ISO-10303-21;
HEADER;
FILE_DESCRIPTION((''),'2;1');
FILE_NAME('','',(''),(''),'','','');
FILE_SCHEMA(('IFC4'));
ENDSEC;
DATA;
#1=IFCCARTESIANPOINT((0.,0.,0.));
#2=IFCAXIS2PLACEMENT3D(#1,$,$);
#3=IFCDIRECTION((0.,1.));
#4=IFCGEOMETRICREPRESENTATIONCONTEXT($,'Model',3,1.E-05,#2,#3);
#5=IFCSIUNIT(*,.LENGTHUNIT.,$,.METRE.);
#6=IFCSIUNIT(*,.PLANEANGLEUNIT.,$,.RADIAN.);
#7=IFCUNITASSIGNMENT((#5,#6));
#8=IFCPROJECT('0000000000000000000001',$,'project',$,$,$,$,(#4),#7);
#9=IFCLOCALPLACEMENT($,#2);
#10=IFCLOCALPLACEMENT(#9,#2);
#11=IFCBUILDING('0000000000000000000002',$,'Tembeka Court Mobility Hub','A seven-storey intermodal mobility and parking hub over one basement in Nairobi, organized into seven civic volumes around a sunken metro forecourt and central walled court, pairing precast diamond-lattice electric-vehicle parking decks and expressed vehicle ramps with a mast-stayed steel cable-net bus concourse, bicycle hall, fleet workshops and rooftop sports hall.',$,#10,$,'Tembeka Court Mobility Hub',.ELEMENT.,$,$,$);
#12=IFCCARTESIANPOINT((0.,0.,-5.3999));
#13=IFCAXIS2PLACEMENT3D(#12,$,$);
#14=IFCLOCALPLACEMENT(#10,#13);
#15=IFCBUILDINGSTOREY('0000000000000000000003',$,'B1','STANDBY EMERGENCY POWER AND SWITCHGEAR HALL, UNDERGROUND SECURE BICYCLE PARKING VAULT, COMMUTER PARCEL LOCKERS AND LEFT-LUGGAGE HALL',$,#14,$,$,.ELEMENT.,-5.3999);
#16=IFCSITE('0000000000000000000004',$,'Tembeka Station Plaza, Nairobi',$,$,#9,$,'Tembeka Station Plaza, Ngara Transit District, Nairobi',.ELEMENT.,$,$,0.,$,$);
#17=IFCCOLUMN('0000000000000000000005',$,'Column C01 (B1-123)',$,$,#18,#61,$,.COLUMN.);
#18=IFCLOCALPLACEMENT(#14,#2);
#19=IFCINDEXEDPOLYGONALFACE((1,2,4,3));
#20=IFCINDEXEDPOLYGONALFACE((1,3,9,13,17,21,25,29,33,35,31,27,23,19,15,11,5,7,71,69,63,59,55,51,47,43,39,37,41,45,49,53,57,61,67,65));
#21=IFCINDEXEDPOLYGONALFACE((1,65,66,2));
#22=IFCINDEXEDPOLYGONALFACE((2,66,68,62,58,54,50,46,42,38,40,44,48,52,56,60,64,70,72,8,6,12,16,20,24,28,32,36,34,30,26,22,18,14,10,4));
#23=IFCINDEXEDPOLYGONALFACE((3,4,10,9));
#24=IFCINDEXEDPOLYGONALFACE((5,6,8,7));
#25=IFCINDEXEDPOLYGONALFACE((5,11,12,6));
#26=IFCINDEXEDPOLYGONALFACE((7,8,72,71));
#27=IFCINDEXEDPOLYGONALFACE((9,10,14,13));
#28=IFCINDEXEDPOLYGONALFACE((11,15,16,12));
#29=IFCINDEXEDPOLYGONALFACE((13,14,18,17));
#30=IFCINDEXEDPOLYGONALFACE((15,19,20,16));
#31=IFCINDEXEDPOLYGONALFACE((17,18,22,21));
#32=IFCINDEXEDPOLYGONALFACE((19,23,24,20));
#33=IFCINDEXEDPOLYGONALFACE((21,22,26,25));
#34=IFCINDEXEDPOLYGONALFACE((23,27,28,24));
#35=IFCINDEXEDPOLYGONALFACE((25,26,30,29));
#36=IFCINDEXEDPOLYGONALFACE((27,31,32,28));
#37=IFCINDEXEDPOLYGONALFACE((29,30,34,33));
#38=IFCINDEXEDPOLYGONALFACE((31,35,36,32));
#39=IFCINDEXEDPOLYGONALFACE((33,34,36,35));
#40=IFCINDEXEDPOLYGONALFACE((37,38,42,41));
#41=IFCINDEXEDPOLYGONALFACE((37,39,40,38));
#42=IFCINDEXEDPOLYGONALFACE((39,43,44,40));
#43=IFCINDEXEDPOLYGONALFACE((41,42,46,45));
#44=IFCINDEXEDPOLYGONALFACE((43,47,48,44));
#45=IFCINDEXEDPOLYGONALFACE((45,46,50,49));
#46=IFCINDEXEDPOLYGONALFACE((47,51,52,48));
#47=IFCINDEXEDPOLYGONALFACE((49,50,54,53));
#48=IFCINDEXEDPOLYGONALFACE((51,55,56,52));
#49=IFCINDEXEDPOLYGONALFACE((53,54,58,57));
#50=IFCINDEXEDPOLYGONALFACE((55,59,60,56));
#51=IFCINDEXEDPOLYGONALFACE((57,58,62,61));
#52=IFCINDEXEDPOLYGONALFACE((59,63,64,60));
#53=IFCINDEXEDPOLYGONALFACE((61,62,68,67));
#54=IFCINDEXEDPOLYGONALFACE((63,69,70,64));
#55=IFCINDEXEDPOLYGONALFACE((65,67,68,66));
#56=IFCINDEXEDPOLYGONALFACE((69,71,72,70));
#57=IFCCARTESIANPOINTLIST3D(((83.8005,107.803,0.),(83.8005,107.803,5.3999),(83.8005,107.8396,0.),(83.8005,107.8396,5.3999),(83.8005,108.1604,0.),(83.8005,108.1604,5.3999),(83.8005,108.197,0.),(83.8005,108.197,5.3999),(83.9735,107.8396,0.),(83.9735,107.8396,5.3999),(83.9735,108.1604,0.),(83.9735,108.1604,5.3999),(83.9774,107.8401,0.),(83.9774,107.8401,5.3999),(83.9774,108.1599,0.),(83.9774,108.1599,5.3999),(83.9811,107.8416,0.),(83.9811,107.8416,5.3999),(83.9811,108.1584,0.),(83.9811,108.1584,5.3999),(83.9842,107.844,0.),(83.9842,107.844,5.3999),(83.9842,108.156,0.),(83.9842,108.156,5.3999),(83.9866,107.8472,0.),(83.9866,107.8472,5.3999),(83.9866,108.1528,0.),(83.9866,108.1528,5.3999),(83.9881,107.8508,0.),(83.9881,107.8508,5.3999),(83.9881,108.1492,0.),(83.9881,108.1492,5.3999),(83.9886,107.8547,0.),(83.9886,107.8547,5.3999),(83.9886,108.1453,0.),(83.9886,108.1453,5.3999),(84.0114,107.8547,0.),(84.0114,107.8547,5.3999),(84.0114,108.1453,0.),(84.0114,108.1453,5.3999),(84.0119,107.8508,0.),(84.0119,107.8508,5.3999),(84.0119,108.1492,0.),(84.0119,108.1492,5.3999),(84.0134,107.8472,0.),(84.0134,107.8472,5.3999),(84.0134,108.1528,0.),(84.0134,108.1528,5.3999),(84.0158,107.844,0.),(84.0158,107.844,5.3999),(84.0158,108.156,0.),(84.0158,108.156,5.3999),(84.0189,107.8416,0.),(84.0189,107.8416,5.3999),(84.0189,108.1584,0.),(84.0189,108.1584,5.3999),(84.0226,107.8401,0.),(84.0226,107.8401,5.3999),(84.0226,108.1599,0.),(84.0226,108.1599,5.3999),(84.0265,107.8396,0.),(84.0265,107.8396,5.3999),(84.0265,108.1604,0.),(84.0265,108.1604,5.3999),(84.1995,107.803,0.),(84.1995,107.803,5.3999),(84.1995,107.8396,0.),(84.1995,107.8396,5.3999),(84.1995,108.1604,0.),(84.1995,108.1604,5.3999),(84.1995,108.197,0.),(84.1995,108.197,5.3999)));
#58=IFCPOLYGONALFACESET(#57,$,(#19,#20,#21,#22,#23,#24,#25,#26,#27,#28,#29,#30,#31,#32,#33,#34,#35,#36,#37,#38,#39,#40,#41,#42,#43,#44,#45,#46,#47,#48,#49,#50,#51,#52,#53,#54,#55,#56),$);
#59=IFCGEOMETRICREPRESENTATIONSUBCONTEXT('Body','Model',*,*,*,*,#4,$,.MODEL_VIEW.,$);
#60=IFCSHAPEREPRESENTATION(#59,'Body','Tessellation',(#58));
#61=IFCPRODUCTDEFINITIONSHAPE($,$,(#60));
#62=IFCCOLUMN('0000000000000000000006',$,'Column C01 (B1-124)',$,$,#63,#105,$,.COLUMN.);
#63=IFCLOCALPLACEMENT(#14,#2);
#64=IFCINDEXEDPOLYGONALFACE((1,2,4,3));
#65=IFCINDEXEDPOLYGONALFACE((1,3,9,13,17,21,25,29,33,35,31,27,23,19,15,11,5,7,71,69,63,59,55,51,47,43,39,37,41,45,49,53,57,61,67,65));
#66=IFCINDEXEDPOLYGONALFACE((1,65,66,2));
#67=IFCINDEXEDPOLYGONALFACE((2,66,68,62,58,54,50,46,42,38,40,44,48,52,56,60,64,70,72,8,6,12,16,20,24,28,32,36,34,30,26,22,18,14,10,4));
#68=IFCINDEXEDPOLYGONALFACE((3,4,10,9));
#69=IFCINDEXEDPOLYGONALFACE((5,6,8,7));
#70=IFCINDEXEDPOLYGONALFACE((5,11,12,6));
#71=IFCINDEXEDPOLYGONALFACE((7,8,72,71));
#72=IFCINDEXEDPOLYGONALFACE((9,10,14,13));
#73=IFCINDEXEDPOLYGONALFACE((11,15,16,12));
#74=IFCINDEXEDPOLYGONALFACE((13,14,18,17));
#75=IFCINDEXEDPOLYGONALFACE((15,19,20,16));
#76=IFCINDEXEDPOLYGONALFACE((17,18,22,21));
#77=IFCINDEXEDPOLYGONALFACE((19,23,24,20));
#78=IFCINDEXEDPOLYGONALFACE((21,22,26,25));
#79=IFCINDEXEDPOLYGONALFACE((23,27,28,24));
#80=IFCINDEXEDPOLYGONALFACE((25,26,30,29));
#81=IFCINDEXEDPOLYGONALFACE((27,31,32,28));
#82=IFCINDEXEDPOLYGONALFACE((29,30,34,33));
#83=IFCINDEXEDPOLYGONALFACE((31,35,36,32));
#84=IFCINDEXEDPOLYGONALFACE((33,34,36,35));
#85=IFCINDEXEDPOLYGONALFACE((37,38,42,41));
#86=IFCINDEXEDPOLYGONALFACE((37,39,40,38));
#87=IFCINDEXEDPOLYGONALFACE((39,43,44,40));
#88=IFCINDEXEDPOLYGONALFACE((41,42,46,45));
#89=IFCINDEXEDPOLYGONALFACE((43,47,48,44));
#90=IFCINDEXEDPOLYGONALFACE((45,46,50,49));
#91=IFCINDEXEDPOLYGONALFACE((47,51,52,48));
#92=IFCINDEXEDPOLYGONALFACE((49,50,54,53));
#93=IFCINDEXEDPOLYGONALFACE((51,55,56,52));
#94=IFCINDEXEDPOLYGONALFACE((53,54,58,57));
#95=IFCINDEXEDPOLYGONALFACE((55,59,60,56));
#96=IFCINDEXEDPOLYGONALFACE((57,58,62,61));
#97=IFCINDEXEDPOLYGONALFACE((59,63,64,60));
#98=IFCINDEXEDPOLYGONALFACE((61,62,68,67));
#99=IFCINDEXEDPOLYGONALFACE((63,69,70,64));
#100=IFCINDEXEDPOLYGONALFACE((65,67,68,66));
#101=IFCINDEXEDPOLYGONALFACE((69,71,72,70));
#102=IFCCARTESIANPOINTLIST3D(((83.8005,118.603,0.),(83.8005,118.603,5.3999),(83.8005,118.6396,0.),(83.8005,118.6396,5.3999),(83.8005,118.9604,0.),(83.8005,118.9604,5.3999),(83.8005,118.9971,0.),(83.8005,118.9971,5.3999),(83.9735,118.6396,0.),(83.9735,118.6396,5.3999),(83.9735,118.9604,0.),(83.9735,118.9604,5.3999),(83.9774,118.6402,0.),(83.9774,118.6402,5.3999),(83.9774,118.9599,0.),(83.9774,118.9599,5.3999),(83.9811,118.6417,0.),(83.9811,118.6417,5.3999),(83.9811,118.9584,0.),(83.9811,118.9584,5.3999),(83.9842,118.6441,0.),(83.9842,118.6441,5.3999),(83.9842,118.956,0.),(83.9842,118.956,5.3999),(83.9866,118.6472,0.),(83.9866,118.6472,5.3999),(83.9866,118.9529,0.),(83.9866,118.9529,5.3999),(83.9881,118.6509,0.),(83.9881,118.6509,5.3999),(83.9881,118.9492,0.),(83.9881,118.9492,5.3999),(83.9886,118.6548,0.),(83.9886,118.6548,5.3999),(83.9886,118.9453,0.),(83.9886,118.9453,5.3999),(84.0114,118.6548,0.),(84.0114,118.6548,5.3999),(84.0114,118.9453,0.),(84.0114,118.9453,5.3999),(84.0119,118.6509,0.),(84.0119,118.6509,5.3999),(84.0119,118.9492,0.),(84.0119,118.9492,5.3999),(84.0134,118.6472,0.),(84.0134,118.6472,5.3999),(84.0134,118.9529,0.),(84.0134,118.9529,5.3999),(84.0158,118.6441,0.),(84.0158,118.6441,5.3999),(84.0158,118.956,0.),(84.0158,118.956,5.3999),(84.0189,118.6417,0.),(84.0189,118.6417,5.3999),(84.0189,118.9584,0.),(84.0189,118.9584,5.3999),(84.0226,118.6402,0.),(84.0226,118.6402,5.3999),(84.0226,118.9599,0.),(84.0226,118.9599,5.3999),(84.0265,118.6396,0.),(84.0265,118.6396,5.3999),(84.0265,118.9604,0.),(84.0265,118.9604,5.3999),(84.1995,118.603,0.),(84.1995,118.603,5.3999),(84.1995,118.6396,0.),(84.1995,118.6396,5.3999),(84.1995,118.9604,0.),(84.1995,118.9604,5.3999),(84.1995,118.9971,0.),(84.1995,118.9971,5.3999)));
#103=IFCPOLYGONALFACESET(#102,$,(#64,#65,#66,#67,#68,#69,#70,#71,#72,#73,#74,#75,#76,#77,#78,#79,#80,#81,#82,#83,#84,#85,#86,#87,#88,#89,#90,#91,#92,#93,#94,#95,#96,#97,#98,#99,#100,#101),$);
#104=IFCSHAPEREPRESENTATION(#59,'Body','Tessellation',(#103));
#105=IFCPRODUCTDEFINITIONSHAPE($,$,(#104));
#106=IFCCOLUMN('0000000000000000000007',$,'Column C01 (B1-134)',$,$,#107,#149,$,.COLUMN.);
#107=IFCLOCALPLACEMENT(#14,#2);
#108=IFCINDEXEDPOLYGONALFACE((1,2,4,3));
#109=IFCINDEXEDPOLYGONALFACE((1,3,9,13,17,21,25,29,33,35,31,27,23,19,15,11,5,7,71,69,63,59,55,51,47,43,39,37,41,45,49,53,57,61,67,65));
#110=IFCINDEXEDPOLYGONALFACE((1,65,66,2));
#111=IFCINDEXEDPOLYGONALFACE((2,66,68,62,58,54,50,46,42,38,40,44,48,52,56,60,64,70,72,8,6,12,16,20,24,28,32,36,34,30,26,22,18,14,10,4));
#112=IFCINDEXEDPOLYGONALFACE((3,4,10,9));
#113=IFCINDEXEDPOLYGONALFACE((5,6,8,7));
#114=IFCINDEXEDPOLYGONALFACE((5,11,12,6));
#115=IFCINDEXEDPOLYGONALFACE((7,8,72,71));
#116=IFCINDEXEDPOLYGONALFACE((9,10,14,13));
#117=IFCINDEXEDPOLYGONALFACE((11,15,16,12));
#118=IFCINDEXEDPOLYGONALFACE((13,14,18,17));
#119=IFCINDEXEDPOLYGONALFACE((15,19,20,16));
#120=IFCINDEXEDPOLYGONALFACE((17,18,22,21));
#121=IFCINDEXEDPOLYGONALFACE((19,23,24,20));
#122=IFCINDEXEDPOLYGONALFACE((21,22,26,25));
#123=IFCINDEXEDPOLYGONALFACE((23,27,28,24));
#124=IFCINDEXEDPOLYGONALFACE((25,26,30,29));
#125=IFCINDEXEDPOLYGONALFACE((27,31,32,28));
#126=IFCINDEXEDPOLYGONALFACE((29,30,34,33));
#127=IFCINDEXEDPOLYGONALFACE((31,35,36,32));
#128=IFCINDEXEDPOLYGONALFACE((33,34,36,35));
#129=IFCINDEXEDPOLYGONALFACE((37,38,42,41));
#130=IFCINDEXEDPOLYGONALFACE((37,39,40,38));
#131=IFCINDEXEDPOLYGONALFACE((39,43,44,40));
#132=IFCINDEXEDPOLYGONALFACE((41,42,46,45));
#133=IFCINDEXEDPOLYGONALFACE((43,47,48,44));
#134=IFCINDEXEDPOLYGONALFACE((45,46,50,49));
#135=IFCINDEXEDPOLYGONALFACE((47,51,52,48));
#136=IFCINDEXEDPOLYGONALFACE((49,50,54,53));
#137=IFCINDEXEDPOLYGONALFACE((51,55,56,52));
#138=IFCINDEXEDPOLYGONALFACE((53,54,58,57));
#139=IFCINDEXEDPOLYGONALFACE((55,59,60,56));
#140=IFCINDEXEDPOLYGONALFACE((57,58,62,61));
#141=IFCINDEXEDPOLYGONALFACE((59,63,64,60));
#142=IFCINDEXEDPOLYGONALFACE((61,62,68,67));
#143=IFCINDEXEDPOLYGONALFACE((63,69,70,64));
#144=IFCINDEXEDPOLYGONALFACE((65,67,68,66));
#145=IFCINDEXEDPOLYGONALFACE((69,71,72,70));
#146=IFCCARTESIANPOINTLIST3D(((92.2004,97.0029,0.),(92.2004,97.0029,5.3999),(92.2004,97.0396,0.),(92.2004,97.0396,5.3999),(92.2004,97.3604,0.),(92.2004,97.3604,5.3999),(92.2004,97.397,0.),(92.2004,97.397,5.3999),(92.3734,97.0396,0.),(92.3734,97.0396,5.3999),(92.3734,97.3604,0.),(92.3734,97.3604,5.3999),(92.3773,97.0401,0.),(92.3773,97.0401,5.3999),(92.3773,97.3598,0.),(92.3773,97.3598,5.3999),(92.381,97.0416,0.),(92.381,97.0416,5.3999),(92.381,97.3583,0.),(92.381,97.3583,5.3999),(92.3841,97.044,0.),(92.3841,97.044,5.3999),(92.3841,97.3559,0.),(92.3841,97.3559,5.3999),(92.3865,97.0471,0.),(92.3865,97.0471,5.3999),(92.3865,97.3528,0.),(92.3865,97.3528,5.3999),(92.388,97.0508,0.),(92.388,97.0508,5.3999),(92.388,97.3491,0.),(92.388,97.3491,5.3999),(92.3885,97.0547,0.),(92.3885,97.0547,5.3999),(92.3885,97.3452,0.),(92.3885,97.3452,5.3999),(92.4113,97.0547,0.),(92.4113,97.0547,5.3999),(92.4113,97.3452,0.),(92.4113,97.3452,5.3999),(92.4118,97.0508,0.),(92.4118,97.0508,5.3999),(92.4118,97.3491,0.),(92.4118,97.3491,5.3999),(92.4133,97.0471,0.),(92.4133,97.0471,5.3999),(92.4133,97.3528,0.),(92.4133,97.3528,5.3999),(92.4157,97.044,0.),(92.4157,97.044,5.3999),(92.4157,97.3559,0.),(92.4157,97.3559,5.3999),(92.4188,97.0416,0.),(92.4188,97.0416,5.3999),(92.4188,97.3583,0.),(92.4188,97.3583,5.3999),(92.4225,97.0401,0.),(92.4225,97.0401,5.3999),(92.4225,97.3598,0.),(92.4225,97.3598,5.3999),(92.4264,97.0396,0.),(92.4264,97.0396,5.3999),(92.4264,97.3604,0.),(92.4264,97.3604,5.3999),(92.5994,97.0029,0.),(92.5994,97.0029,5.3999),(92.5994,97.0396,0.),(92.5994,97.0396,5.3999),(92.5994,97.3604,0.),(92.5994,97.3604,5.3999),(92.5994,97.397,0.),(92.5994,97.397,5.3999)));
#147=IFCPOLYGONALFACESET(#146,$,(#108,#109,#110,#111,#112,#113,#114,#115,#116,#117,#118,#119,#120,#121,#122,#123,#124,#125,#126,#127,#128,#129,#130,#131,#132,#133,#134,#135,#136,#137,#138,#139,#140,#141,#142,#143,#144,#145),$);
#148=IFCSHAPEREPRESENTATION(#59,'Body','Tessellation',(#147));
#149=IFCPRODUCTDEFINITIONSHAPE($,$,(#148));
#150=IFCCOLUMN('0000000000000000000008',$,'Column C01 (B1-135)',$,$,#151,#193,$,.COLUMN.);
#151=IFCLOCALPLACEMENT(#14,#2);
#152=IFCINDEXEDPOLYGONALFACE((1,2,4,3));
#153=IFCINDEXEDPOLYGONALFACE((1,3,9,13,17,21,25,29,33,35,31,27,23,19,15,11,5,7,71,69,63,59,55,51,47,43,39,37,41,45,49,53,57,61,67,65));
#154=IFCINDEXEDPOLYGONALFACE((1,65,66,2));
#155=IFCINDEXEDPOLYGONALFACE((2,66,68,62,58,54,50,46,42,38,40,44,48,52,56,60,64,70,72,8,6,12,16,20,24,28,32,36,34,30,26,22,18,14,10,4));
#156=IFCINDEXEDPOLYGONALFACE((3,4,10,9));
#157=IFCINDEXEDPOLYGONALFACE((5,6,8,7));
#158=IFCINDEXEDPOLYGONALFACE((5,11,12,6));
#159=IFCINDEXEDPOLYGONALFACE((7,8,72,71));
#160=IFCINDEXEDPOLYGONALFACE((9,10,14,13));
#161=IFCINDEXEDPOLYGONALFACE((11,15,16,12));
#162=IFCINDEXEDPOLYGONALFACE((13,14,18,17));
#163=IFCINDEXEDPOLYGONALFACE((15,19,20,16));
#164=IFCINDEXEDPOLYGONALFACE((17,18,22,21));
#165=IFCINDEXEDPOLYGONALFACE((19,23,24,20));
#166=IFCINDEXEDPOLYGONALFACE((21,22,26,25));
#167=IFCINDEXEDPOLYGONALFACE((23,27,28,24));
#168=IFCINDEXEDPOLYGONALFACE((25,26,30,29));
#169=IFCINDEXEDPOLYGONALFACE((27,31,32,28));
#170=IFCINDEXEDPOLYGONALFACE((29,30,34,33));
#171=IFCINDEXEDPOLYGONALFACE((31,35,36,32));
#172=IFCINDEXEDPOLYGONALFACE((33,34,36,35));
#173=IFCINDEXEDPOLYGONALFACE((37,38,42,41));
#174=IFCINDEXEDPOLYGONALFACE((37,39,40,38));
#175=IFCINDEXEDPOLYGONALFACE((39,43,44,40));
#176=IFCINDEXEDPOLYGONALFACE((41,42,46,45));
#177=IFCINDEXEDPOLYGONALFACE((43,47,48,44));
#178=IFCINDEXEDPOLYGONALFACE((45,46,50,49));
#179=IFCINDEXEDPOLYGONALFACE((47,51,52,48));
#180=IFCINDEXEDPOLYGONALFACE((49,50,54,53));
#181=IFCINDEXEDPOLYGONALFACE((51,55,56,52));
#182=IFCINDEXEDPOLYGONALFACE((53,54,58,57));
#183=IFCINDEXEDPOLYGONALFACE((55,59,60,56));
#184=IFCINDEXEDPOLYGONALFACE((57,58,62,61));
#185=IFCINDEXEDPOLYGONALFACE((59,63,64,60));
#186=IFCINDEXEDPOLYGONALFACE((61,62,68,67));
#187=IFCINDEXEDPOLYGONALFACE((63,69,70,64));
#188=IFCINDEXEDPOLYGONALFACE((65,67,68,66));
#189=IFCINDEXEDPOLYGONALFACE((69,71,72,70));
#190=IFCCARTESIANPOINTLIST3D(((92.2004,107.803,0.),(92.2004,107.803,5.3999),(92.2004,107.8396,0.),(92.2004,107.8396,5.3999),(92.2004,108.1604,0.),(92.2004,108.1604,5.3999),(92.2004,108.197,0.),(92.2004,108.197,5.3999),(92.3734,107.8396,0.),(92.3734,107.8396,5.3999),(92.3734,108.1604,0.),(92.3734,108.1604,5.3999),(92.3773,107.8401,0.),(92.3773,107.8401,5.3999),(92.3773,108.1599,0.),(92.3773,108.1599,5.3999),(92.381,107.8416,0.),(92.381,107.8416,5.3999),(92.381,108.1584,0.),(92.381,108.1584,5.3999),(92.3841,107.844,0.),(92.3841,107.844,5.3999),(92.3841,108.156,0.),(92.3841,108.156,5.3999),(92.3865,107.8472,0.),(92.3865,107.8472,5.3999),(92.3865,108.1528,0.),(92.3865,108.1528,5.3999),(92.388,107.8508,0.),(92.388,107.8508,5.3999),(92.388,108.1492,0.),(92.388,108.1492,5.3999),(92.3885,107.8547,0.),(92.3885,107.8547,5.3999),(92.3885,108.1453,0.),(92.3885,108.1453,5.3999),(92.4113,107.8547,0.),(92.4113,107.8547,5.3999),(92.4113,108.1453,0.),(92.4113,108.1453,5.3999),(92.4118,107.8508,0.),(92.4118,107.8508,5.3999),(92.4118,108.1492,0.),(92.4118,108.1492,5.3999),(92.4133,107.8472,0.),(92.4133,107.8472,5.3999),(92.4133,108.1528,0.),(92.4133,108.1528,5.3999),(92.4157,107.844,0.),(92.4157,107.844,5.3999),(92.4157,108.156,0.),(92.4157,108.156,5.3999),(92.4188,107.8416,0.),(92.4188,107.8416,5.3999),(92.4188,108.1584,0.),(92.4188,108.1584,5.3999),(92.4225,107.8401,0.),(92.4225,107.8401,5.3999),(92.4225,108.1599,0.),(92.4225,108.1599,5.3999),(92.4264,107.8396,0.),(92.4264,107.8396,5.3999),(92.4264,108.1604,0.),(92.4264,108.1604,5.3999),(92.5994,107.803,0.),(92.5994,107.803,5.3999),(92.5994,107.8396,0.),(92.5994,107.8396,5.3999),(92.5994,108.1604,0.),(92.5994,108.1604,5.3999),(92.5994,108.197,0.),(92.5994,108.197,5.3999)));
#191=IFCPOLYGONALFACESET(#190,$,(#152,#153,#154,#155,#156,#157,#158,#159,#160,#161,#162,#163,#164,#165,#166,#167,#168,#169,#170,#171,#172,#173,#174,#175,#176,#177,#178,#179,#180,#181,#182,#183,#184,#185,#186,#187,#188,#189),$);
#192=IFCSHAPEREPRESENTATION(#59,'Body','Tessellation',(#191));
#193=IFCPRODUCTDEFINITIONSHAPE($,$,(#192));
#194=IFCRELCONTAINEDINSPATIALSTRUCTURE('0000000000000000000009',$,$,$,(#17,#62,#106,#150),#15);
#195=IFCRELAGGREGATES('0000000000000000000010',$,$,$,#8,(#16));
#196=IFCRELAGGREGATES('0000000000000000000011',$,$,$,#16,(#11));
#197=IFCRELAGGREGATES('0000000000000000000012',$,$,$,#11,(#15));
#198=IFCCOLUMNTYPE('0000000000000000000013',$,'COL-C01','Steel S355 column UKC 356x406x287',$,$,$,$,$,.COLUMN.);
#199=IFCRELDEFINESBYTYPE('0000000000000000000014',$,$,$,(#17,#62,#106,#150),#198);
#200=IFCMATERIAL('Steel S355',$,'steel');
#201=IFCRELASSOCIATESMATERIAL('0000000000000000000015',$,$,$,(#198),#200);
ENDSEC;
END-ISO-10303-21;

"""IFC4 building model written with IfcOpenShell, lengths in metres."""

from ifc_helpers import new_model, si_unit, direction, frame, origin, origin_2d, place, context, subcontext, project, spatial, i_section, extrude, material, material_profile, profile_set, type_object, element, save


model = new_model("IFC4")

# Units and contexts
model_context = context("Model", 3, precision=1e-05, world=origin(), true_north=direction((0.0, 1.0)))
body_context = subcontext(model_context, "Body", "Model", "MODEL_VIEW")
ifc_project = project(units=[si_unit("LENGTHUNIT", "METRE"), si_unit("PLANEANGLEUNIT", "RADIAN")], contexts=[model_context])

# Site, building, storey
site_placement = place(None, origin())
site = spatial("IfcSite", under=ifc_project, at=site_placement, Name="Tembeka Station Plaza, Nairobi", LongName="Tembeka Station Plaza, Ngara Transit District, Nairobi", CompositionType="ELEMENT", RefElevation=0.0)
building_placement = place(site_placement, origin())
building = spatial("IfcBuilding", under=site, at=building_placement, Name="Tembeka Court Mobility Hub", Description="A seven-storey intermodal mobility and parking hub over one basement in Nairobi, organized into seven civic volumes around a sunken metro forecourt and central walled court, pairing precast diamond-lattice electric-vehicle parking decks and expressed vehicle ramps with a mast-stayed steel cable-net bus concourse, bicycle hall, fleet workshops and rooftop sports hall.", LongName="Tembeka Court Mobility Hub", CompositionType="ELEMENT")
storey_placement = place(building_placement, frame((0.0, 0.0, -5.3999)))
storey = spatial("IfcBuildingStorey", under=building, at=storey_placement, Name="B1", Description="STANDBY EMERGENCY POWER AND SWITCHGEAR HALL, UNDERGROUND SECURE BICYCLE PARKING VAULT, COMMUTER PARCEL LOCKERS AND LEFT-LUGGAGE HALL", CompositionType="ELEMENT", Elevation=-5.3999)

# Columns
ifc_material_1 = material(Name="Steel S355", Category="steel")
ifc_material_profile_1 = material_profile(ifc_material_1, i_section(OverallWidth=0.3989, OverallDepth=0.394, WebThickness=0.0227, FlangeThickness=0.0366, FilletRadius=0.0151, at=origin_2d()), Name="UKC 356x406x287")
ifc_profile_set_1 = profile_set([ifc_material_profile_1], Name="Steel S355")
column_type = type_object("IfcColumnType", Name="COL-C01", Description="Steel S355 column UKC 356x406x287", PredefinedType="COLUMN", material=ifc_profile_set_1)
for number, where, z_axis, x_axis, name in (
    (1, (84.0, 108.0, 0.0), (0.0, 0.0, 1.0), (1.0, 0.0, 0.0), "Column C01 (B1-123)"),
    (2, (84.0, 118.8, 0.0), (0.0, 0.0, 1.0), (1.0, 0.0, 0.0), "Column C01 (B1-124)"),
    (3, (92.3999, 97.2, 0.0), (0.0, 0.0, 1.0), (1.0, 0.0, 0.0), "Column C01 (B1-134)"),
    (4, (92.3999, 108.0, 0.0), (0.0, 0.0, 1.0), (1.0, 0.0, 0.0), "Column C01 (B1-135)"),
):
    element("IfcColumn", number, at=place(storey_placement, frame(where, z_axis=z_axis, x_axis=x_axis)), inside=storey, type_object=column_type, Name=name, PredefinedType="COLUMN", context=body_context, shape_type="SweptSolid", body=[
        extrude(i_section(OverallWidth=0.3989, OverallDepth=0.394, WebThickness=0.0227, FlangeThickness=0.0366, FilletRadius=0.0151, at=origin_2d()), origin(), (0.0, 0.0, 1.0), 5.3999),
    ])

save(model, "model.ifc")
